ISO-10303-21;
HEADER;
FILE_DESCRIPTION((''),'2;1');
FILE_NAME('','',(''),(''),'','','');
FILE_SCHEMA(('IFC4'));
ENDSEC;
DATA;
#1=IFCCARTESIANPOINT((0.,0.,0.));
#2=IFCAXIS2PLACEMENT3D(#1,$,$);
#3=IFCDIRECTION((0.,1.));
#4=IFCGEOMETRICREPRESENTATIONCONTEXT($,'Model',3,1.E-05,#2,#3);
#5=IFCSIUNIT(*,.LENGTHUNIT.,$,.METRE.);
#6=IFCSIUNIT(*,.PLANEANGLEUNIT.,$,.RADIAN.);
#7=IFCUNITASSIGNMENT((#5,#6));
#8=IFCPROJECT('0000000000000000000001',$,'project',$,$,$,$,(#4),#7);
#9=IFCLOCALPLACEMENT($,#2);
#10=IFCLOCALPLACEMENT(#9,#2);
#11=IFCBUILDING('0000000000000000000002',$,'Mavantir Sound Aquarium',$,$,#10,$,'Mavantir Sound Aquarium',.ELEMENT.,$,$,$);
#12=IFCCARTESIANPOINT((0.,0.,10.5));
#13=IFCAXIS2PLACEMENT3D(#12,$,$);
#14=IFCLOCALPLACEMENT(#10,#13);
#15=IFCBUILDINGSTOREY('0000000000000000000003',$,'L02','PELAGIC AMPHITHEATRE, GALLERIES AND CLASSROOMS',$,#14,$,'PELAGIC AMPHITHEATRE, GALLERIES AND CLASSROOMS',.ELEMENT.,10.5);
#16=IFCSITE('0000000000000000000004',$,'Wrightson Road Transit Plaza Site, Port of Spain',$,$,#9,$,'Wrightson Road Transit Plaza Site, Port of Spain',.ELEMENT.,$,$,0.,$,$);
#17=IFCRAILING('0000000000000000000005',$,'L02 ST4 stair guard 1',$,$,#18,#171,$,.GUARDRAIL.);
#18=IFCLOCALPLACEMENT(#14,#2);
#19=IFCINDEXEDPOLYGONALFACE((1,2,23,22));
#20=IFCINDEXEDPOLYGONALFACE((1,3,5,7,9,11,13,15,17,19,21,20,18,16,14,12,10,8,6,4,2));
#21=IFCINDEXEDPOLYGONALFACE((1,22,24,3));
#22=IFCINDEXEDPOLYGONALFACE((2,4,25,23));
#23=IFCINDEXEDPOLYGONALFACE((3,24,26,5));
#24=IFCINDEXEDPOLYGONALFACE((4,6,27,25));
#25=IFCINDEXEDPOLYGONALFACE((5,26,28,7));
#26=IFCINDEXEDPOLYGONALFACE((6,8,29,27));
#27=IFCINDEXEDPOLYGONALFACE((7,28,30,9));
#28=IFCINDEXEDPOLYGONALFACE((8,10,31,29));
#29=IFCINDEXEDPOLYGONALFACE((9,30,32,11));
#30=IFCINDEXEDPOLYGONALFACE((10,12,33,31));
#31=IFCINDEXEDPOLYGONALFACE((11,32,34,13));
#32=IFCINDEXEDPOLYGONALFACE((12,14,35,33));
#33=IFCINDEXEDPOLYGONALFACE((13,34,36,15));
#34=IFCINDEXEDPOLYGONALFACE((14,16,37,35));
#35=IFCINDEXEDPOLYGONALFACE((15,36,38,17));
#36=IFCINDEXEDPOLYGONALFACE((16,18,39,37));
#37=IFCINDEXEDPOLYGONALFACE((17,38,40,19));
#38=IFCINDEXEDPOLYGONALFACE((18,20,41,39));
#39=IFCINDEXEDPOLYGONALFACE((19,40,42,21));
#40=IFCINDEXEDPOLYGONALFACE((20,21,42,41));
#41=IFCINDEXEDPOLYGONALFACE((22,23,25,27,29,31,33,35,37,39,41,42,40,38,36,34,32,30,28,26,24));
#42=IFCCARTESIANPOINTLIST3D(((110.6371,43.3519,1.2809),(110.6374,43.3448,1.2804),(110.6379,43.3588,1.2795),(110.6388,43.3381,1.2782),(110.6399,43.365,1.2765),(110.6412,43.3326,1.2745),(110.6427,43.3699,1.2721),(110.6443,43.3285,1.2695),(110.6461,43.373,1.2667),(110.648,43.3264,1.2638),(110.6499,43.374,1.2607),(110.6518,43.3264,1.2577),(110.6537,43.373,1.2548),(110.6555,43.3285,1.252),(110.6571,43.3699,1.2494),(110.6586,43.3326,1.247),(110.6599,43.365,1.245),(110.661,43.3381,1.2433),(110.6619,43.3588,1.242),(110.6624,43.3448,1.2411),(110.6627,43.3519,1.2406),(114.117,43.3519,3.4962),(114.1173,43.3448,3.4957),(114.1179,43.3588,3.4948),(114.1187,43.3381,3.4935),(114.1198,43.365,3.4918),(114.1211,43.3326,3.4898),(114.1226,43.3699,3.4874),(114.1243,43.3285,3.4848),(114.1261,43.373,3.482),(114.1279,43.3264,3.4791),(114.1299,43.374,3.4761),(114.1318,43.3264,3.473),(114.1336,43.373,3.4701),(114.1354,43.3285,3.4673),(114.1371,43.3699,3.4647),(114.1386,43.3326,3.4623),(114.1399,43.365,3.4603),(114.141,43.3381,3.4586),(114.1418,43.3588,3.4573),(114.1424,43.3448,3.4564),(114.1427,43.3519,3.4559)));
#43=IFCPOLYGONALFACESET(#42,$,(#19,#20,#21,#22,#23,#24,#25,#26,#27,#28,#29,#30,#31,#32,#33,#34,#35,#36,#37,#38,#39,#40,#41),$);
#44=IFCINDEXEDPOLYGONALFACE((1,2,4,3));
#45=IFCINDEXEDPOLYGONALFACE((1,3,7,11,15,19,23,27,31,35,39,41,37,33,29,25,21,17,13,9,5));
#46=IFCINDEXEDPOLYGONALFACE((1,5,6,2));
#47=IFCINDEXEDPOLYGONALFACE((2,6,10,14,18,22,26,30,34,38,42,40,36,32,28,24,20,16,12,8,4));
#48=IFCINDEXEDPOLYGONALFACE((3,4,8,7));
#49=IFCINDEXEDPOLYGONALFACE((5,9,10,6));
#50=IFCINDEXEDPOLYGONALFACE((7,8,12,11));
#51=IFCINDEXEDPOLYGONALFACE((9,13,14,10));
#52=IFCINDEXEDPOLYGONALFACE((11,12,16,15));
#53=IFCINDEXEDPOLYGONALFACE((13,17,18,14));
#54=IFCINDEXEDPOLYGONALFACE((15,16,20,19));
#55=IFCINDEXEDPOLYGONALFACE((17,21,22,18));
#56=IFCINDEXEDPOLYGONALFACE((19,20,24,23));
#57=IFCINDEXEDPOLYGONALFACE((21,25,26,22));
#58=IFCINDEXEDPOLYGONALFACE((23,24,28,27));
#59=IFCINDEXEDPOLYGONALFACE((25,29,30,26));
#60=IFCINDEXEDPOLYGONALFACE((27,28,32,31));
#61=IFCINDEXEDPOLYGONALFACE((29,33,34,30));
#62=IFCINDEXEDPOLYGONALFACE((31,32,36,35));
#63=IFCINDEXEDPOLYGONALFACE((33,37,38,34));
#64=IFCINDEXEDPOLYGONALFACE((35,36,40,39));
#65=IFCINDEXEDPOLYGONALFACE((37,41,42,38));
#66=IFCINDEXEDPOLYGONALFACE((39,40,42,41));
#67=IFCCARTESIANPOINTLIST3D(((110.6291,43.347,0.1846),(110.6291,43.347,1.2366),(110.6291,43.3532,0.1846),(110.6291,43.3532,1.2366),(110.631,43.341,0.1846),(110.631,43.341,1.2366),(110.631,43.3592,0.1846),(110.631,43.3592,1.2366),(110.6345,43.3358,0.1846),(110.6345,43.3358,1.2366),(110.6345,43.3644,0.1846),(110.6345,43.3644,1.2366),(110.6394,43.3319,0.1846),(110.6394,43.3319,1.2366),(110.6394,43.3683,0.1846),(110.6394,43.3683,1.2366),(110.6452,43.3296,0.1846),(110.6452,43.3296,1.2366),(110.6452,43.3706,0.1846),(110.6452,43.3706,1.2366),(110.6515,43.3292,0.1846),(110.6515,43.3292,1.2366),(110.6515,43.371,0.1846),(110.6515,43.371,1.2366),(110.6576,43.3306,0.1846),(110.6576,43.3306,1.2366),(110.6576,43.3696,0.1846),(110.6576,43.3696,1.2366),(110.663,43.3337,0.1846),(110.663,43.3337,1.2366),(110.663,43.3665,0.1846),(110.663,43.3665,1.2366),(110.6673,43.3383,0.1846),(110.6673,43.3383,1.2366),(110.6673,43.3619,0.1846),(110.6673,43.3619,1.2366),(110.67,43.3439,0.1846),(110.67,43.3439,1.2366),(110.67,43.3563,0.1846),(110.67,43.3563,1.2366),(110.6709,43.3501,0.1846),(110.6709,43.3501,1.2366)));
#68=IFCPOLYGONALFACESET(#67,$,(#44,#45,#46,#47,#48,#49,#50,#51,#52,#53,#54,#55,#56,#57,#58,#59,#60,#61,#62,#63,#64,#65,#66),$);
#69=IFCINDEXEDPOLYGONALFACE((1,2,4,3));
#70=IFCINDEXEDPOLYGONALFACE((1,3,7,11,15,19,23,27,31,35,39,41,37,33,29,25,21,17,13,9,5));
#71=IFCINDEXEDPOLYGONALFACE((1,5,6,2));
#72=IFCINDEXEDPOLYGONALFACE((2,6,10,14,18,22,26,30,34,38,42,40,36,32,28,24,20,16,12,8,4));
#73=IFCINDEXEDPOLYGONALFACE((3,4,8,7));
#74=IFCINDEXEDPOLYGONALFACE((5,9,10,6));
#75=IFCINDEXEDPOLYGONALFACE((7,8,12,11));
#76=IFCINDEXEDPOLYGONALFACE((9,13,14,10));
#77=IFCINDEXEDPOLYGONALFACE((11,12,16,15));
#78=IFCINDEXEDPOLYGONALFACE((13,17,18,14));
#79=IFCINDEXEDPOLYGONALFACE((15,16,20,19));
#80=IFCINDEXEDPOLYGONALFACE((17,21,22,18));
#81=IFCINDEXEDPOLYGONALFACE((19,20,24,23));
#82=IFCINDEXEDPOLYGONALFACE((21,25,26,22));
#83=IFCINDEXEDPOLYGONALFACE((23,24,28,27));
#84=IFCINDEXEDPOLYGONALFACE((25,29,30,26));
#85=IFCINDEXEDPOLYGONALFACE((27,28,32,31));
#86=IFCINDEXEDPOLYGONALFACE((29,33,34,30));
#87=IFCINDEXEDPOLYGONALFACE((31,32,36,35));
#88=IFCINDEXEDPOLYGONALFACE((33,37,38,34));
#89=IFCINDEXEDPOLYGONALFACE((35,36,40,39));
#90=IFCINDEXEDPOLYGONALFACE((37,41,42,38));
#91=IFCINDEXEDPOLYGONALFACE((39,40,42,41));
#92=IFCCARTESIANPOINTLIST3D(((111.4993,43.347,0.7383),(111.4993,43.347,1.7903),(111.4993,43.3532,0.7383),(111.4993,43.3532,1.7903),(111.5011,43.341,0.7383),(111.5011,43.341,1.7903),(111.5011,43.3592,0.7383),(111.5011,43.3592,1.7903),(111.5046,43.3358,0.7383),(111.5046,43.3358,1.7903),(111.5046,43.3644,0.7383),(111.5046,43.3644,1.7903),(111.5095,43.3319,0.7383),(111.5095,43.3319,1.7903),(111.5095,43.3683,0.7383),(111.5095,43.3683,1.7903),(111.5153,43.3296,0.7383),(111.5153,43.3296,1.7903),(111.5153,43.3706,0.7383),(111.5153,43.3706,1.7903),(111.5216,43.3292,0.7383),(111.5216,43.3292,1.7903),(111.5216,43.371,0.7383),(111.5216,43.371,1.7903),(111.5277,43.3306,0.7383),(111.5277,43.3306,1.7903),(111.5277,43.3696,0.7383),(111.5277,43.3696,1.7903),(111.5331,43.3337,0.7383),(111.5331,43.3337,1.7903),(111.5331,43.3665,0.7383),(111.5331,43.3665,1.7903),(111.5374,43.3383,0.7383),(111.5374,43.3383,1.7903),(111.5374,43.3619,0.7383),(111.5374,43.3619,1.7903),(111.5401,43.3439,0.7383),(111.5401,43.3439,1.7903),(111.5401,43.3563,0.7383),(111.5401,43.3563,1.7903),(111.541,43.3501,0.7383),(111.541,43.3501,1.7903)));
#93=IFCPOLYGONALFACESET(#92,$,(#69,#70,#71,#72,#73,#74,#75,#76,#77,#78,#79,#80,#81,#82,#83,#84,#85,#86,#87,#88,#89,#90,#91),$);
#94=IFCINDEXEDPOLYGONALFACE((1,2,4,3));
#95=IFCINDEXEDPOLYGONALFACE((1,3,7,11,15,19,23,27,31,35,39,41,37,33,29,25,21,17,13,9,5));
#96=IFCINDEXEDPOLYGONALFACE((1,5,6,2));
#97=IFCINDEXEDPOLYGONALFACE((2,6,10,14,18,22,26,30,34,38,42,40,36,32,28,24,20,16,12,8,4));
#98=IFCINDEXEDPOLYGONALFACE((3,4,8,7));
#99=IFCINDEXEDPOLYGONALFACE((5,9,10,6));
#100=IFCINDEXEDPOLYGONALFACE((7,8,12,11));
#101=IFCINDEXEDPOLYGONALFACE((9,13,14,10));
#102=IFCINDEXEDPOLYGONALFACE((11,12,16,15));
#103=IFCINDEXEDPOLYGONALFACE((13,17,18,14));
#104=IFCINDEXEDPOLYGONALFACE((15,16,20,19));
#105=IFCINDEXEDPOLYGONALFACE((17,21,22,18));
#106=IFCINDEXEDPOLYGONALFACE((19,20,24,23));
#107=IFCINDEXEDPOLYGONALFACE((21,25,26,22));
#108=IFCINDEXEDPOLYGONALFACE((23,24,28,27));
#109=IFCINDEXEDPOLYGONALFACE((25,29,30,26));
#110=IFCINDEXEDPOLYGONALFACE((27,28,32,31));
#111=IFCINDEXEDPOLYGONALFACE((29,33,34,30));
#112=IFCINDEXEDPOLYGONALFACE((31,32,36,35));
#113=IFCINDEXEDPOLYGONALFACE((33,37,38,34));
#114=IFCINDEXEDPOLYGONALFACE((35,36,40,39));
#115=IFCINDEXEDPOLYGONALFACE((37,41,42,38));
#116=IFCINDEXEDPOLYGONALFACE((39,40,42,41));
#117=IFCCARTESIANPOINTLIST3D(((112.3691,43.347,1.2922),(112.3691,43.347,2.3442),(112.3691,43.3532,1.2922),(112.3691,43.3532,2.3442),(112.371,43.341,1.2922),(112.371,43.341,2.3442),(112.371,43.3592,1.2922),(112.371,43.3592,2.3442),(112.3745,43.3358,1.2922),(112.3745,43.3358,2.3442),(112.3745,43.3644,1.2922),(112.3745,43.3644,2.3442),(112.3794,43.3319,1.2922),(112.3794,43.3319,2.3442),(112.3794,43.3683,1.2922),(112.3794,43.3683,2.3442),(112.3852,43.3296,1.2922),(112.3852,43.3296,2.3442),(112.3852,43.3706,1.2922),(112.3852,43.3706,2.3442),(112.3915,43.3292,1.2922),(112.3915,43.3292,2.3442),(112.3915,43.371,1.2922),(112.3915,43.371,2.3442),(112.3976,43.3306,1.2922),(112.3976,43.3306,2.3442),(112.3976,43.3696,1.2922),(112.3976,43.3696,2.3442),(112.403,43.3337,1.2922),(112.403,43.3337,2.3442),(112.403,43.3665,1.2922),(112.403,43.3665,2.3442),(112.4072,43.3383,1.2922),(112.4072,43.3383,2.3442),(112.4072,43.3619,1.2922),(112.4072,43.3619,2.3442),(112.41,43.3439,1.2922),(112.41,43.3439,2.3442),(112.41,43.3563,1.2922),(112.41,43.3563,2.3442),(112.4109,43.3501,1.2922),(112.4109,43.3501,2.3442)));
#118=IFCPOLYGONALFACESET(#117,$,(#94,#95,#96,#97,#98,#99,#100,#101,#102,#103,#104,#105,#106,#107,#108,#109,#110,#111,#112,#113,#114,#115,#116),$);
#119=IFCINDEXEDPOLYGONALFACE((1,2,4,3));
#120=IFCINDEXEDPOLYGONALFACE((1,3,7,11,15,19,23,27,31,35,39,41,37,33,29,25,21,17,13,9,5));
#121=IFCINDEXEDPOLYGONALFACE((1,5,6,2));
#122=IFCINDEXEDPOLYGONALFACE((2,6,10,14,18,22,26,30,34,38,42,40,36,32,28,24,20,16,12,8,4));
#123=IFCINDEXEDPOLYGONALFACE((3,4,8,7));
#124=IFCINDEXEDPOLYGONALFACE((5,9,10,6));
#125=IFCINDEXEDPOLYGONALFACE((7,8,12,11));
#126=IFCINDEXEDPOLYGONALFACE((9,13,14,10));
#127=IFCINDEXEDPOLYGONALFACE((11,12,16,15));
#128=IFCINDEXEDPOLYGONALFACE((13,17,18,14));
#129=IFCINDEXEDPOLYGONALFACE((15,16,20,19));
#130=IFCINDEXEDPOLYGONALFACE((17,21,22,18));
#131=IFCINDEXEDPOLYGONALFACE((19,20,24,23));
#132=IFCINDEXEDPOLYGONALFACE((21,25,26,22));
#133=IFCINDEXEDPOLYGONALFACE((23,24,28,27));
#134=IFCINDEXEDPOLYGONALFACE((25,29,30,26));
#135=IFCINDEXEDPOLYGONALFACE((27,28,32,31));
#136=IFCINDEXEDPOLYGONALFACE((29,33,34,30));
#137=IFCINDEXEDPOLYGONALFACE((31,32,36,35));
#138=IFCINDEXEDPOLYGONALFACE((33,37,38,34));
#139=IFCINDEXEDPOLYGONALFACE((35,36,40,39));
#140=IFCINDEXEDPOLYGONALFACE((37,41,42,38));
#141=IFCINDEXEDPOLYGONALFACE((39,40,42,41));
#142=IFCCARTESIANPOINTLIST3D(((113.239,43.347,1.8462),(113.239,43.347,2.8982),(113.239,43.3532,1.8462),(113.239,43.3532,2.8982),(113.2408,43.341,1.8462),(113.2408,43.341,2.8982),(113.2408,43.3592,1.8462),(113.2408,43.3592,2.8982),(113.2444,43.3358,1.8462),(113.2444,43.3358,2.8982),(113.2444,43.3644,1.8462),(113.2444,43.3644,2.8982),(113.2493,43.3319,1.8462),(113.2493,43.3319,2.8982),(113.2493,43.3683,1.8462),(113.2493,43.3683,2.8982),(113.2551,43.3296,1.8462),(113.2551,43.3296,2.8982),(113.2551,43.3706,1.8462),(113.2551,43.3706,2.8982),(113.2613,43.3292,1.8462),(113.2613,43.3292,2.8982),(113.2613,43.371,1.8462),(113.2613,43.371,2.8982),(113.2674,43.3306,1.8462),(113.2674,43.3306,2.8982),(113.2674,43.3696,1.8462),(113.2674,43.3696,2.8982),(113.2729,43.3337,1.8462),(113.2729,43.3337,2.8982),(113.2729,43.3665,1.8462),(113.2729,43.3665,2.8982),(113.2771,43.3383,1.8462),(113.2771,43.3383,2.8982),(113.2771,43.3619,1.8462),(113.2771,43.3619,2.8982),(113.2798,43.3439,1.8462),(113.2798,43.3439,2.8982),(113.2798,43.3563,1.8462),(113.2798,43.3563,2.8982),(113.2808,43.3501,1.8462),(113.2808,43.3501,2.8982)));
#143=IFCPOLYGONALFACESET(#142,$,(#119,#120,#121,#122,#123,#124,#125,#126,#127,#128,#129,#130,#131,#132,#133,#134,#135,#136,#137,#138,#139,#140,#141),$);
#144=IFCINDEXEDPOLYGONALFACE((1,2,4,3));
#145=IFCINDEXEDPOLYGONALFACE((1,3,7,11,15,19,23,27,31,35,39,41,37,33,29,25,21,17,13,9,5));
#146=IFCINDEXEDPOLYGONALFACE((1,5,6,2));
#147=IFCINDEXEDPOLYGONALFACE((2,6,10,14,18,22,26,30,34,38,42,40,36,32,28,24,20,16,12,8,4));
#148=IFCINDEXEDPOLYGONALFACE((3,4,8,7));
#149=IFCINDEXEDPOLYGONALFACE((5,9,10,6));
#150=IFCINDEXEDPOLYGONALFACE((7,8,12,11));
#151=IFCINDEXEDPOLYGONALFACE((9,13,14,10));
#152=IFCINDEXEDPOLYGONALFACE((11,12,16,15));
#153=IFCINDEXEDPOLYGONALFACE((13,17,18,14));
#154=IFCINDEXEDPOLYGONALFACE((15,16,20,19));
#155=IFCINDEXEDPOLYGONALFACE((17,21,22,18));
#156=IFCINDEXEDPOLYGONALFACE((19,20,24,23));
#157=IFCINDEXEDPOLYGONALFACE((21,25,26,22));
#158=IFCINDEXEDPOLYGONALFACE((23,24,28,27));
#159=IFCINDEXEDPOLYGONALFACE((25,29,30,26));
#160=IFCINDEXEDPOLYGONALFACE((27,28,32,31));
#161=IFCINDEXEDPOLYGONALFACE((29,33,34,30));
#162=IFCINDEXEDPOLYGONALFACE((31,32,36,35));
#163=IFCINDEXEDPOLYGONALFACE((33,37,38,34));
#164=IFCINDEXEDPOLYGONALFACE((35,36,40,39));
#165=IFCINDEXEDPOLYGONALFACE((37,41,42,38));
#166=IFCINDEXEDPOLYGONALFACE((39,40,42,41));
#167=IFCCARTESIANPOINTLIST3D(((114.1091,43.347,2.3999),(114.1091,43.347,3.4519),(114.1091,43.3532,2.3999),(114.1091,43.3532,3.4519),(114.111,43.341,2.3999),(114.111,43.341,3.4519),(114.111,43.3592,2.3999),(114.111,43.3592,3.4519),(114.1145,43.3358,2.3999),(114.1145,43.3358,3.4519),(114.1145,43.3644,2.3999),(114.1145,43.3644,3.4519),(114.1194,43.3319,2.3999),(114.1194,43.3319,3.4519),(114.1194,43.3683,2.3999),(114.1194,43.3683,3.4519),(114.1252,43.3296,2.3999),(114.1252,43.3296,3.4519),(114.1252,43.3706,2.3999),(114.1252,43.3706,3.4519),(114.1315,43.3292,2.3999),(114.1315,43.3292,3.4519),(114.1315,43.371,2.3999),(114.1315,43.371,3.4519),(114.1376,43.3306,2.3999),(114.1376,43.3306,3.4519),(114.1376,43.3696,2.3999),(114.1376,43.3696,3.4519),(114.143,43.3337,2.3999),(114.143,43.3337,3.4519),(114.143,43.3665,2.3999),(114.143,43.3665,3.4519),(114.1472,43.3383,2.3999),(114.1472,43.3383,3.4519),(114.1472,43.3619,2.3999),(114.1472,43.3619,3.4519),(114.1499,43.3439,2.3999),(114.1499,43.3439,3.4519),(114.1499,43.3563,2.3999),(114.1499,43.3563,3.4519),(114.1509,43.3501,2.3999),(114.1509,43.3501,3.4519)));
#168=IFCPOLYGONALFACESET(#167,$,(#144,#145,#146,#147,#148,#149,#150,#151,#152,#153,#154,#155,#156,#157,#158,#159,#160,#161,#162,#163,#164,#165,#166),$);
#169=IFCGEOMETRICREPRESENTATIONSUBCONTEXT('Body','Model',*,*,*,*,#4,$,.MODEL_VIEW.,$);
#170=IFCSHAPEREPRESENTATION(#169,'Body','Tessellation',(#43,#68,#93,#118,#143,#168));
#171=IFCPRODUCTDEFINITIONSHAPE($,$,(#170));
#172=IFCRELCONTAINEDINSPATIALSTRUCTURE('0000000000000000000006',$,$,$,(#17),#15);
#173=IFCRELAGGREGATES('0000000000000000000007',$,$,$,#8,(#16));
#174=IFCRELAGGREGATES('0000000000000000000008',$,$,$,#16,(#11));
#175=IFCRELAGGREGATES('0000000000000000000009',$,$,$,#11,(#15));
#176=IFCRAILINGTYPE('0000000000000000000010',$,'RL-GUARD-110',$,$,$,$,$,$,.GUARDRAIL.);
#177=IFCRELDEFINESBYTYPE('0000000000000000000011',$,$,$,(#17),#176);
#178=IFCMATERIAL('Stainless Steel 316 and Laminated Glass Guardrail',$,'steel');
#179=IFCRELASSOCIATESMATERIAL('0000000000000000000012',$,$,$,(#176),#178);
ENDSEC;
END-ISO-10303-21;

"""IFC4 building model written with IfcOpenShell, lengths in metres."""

from ifc_helpers import new_model, si_unit, direction, frame, origin, origin_2d, place, context, subcontext, project, spatial, circle, extrude, material, type_object, element, save


model = new_model("IFC4")

# Units and contexts
model_context = context("Model", 3, precision=1e-05, world=origin(), true_north=direction((0.0, 1.0)))
body_context = subcontext(model_context, "Body", "Model", "MODEL_VIEW")
ifc_project = project(units=[si_unit("LENGTHUNIT", "METRE"), si_unit("PLANEANGLEUNIT", "RADIAN")], contexts=[model_context])

# Site, building, storey
site_placement = place(None, origin())
site = spatial("IfcSite", under=ifc_project, at=site_placement, Name="Wrightson Road Transit Plaza Site, Port of Spain", LongName="Wrightson Road Transit Plaza Site, Port of Spain", CompositionType="ELEMENT", RefElevation=0.0)
building_placement = place(site_placement, origin())
building = spatial("IfcBuilding", under=site, at=building_placement, Name="Mavantir Sound Aquarium", LongName="Mavantir Sound Aquarium", CompositionType="ELEMENT")
storey_placement = place(building_placement, frame((0.0, 0.0, 10.5)))
storey = spatial("IfcBuildingStorey", under=building, at=storey_placement, Name="L02", Description="PELAGIC AMPHITHEATRE, GALLERIES AND CLASSROOMS", LongName="PELAGIC AMPHITHEATRE, GALLERIES AND CLASSROOMS", CompositionType="ELEMENT", Elevation=10.5)

# Railing
ifc_material_1 = material(Name="Stainless Steel 316 and Laminated Glass Guardrail", Category="steel")
railing_type_1 = type_object("IfcRailingType", Name="RL-GUARD-110", PredefinedType="GUARDRAIL", material=ifc_material_1)
railing_1_placement = place(storey_placement, frame((110.6499, 43.3501, 0.1846)))
element("IfcRailing", 1, at=railing_1_placement, inside=storey, type_object=railing_type_1, Name="L02 ST4 stair guard 1", PredefinedType="GUARDRAIL", context=body_context, shape_type="SweptSolid", body=[
    extrude(circle(Radius=0.0239, at=origin_2d()), frame((0.0, 0.0, 1.0762), z_axis=(0.843574, 0.0, 0.537013), x_axis=(0.0, 1.0, 0.0)), (0.0, 0.0, 1.0), 4.1252),
    extrude(circle(Radius=0.021, at=origin_2d()), origin(), (0.0, 0.0, 1.0), 1.052),
    extrude(circle(Radius=0.021, at=origin_2d()), frame((0.8701, 0.0, 0.5537)), (0.0, 0.0, 1.0), 1.052),
    extrude(circle(Radius=0.021, at=origin_2d()), frame((1.74, 0.0, 1.1077)), (0.0, 0.0, 1.0), 1.052),
    extrude(circle(Radius=0.021, at=origin_2d()), frame((2.6099, 0.0, 1.6616)), (0.0, 0.0, 1.0), 1.052),
    extrude(circle(Radius=0.021, at=origin_2d()), frame((3.48, 0.0, 2.2153)), (0.0, 0.0, 1.0), 1.052),
])

save(model, "model.ifc")
